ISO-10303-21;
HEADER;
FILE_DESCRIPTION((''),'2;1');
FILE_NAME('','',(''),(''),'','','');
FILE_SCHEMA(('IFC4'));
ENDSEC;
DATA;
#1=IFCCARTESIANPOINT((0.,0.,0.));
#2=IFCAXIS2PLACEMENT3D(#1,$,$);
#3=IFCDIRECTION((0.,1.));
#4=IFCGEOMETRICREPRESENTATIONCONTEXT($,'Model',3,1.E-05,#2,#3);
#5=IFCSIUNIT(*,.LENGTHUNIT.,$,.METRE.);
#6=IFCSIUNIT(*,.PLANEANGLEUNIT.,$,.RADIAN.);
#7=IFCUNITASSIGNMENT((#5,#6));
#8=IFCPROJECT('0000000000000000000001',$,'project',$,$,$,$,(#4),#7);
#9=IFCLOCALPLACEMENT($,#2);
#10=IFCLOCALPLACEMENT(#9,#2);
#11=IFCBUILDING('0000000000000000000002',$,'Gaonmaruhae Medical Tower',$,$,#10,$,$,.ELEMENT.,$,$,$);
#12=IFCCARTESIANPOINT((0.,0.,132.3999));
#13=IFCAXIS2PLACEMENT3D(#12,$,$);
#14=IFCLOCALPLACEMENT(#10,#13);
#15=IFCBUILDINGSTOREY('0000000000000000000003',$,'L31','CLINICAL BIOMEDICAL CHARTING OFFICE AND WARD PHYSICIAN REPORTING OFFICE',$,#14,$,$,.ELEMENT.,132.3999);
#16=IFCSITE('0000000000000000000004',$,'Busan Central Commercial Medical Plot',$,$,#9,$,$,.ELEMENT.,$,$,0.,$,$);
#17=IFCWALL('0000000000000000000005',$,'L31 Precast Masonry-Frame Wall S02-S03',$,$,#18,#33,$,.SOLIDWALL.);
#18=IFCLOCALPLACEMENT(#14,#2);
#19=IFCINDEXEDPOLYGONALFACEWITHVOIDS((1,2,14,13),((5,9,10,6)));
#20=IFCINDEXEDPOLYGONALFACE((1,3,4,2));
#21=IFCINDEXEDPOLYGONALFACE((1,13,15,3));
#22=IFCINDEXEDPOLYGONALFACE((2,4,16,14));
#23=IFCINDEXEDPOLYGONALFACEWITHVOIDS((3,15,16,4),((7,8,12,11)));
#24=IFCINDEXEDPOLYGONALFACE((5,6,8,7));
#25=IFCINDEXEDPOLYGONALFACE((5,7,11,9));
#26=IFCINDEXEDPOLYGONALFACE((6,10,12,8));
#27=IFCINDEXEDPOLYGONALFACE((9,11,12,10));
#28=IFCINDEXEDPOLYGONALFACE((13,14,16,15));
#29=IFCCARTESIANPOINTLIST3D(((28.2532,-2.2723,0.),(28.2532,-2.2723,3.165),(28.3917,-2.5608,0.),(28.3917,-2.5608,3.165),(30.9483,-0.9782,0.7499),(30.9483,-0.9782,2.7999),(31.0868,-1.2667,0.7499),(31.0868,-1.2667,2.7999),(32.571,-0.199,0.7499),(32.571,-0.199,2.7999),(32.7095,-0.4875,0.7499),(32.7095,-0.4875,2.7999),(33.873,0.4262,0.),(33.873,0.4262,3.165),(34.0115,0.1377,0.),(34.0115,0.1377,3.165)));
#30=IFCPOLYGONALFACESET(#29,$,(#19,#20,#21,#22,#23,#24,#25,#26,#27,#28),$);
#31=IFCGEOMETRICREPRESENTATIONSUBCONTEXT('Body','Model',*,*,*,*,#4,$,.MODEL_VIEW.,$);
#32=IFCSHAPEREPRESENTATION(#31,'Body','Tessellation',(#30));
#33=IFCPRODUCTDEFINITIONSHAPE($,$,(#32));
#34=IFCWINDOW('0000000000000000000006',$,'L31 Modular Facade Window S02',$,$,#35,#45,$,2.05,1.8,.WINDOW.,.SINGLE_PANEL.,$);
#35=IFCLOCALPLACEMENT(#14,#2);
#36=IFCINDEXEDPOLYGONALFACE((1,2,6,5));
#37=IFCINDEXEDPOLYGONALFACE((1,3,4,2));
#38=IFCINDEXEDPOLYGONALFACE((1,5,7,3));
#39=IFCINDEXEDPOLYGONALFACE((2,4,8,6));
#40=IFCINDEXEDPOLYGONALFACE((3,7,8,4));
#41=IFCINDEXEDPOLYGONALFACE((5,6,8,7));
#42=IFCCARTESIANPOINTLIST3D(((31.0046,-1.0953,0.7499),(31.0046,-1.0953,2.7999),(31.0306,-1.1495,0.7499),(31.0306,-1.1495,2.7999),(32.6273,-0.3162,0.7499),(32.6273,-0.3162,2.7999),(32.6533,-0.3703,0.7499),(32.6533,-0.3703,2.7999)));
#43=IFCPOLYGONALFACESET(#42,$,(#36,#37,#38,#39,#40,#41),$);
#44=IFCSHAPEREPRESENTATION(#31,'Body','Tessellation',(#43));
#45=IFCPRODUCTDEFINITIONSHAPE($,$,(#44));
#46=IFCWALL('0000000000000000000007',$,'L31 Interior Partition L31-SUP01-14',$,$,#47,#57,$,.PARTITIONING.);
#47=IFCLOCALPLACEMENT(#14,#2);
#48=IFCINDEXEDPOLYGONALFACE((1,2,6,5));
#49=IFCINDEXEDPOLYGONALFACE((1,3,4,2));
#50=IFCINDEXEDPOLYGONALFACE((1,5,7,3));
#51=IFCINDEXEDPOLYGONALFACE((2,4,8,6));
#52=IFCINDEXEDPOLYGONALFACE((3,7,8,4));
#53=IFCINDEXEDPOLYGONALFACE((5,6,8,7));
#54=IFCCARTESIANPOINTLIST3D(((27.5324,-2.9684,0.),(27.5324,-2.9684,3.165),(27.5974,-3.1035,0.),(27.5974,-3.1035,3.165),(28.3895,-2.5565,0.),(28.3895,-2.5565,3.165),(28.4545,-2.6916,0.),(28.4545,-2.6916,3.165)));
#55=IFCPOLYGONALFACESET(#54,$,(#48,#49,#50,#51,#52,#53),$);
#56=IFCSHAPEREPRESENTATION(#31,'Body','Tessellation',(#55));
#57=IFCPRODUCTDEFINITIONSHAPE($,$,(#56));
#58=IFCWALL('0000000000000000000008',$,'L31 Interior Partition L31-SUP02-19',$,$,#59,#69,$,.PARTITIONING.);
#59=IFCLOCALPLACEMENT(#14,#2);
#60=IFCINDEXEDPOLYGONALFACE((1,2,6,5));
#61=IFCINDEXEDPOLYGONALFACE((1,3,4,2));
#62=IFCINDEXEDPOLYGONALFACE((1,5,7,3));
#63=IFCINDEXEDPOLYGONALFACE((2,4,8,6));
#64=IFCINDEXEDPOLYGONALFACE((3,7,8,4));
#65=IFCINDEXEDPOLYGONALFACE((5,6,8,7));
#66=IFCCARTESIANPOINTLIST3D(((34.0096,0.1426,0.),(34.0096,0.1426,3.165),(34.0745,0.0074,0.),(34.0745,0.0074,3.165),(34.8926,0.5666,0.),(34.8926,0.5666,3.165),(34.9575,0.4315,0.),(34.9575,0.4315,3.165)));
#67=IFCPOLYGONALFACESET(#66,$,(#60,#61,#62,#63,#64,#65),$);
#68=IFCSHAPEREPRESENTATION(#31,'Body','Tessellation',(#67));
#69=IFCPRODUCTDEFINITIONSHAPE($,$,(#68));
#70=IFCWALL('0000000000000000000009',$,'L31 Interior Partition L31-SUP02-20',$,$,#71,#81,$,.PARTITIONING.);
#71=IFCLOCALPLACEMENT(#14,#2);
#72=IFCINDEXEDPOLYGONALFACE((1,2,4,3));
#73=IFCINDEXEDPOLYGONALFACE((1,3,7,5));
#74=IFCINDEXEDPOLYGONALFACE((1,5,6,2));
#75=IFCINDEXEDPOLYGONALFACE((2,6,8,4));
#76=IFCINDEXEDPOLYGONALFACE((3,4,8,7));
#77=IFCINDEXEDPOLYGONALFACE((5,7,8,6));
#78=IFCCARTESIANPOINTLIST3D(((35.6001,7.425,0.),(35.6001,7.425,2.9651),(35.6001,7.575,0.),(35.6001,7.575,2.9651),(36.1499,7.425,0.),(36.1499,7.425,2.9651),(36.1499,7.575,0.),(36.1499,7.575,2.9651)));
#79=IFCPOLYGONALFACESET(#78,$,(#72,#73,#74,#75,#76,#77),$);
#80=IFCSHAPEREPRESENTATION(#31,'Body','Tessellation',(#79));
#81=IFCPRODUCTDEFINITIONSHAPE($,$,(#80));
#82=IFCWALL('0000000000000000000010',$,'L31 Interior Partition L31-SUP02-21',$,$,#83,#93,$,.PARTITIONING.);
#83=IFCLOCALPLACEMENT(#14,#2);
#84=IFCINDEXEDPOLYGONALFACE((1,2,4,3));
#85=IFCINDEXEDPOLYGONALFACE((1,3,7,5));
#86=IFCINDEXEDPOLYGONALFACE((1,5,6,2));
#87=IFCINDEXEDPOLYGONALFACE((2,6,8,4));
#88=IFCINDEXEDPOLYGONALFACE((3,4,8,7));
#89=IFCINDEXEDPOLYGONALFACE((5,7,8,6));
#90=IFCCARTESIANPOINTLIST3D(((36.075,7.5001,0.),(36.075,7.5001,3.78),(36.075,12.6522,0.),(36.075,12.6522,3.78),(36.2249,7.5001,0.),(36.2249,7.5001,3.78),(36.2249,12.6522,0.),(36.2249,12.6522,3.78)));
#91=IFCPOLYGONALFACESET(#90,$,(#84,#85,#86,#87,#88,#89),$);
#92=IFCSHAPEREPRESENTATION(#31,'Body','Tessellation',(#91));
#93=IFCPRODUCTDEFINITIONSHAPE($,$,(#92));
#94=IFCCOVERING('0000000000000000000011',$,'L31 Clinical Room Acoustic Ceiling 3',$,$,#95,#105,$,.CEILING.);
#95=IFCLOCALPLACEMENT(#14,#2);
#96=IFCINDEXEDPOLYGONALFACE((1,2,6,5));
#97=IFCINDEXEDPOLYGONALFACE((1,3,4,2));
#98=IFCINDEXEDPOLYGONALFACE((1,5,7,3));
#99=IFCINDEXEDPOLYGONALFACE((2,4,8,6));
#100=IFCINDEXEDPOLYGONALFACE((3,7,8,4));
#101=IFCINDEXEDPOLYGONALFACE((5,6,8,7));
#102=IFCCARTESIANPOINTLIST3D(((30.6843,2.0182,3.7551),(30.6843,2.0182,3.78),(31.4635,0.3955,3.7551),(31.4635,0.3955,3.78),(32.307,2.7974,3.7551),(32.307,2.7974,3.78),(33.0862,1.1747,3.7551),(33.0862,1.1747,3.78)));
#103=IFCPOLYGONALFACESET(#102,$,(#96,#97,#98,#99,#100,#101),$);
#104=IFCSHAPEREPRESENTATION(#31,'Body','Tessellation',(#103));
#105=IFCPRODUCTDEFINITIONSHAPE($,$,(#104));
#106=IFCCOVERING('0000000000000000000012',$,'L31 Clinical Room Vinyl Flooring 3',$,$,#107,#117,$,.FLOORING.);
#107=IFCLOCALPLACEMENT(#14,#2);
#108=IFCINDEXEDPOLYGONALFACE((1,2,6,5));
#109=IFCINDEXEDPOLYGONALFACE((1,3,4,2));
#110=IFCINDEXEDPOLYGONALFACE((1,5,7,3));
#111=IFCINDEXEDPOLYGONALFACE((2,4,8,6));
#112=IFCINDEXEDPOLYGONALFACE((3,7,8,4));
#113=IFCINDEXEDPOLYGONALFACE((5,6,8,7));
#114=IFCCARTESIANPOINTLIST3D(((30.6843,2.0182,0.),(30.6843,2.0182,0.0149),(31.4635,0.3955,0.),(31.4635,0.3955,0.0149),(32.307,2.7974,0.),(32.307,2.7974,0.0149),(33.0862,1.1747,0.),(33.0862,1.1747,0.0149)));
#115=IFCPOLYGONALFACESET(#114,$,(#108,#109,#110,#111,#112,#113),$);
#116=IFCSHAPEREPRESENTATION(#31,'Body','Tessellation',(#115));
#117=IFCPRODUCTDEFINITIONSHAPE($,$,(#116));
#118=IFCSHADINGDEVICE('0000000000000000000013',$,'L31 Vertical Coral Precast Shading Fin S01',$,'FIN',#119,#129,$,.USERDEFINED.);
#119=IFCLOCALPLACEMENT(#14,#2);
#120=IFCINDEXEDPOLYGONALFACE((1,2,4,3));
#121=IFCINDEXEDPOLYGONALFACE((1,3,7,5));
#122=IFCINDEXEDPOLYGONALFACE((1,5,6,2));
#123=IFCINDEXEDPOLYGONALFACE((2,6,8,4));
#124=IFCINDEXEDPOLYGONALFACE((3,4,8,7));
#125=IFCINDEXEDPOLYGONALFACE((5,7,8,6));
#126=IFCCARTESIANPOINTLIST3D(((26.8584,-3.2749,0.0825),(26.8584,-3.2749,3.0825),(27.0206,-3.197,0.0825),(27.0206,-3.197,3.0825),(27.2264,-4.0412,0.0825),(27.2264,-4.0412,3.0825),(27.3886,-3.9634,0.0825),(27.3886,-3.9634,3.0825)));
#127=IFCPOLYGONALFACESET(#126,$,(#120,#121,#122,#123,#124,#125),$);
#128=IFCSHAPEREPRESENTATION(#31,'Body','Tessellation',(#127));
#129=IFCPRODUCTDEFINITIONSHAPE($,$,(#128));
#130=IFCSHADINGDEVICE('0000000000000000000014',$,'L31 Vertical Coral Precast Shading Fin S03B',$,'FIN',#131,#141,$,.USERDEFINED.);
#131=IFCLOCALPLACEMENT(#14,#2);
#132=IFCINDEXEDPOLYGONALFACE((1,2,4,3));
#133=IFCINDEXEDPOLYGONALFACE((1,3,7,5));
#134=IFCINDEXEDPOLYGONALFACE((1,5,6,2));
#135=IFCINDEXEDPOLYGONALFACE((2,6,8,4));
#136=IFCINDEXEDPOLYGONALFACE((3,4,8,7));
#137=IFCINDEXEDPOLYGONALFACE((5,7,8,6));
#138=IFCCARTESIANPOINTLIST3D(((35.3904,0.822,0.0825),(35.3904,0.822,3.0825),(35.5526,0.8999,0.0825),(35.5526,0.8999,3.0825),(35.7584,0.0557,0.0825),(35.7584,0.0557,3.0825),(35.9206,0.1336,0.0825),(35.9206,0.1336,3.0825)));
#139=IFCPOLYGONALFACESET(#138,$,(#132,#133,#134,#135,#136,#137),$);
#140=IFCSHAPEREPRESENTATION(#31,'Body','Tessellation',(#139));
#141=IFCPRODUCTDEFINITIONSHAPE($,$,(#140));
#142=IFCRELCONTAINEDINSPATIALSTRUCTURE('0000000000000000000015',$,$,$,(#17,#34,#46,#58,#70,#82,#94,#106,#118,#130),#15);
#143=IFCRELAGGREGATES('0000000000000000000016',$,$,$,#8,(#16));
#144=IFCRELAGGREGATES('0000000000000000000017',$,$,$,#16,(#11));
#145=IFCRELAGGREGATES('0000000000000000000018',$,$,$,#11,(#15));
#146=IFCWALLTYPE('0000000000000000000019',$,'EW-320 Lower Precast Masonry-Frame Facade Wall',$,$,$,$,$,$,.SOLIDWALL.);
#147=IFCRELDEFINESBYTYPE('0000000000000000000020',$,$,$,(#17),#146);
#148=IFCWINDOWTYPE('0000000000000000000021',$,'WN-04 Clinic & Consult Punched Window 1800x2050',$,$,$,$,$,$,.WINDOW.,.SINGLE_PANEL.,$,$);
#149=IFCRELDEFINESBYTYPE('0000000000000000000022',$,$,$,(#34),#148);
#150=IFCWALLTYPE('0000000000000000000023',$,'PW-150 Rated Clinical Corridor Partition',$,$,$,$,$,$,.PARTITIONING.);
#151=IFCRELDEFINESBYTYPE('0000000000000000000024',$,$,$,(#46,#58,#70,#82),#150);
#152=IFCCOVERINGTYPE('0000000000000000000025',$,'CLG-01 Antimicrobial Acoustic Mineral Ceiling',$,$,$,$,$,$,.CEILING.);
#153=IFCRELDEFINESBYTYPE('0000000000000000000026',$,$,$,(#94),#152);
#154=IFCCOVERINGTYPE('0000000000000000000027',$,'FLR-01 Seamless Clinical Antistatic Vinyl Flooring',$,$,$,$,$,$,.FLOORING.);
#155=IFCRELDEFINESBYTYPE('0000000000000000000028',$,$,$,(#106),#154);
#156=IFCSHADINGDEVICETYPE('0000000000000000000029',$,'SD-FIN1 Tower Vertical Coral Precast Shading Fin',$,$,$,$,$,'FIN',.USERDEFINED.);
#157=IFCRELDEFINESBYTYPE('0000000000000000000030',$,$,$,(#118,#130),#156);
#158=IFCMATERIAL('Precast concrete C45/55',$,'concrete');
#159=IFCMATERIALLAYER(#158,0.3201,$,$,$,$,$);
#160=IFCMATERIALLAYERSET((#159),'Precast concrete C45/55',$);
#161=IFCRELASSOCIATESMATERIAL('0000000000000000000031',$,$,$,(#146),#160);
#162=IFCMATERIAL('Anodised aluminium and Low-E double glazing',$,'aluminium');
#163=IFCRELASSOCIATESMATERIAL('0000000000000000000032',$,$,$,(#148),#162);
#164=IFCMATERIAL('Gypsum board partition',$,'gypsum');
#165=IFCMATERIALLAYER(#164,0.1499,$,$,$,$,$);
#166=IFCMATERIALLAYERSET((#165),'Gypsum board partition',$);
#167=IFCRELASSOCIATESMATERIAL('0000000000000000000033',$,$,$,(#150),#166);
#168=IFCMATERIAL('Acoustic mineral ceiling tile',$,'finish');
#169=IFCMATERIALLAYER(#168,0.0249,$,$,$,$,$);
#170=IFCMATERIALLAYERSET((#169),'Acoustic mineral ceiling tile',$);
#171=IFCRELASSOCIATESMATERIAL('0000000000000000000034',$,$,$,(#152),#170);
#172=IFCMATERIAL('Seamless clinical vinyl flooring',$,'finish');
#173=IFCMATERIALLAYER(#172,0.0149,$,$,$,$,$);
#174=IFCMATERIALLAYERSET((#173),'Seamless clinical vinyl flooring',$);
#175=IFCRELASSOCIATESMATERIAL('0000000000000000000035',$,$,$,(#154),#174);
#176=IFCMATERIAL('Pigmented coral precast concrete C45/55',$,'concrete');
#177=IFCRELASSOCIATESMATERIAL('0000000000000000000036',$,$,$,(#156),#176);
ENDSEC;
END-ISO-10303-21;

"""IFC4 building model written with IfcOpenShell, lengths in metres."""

from ifc_helpers import new_model, si_unit, direction, frame, frame_2d, origin, origin_2d, place, context, subcontext, project, spatial, rectangle, extrude, material, layer, layer_set, type_object, element, fill, save


model = new_model("IFC4")

# Units and contexts
model_context = context("Model", 3, precision=1e-05, world=origin(), true_north=direction((0.0, 1.0)))
body_context = subcontext(model_context, "Body", "Model", "MODEL_VIEW")
ifc_project = project(units=[si_unit("LENGTHUNIT", "METRE"), si_unit("PLANEANGLEUNIT", "RADIAN")], contexts=[model_context])

# Site, building, storey
site_placement = place(None, origin())
site = spatial("IfcSite", under=ifc_project, at=site_placement, Name="Busan Central Commercial Medical Plot", CompositionType="ELEMENT", RefElevation=0.0)
building_placement = place(site_placement, origin())
building = spatial("IfcBuilding", under=site, at=building_placement, Name="Gaonmaruhae Medical Tower", CompositionType="ELEMENT")
storey_placement = place(building_placement, frame((0.0, 0.0, 132.3999)))
storey = spatial("IfcBuildingStorey", under=building, at=storey_placement, Name="L31", Description="CLINICAL BIOMEDICAL CHARTING OFFICE AND WARD PHYSICIAN REPORTING OFFICE", CompositionType="ELEMENT", Elevation=132.3999)

# Wall, opening, window
ifc_material_1 = material(Name="Precast concrete C45/55", Category="concrete")
ifc_layer_1 = layer(ifc_material_1, 0.3201)
ifc_layer_set_1 = layer_set([ifc_layer_1], Name="Precast concrete C45/55")
wall_type_1 = type_object("IfcWallType", Name="EW-320 Lower Precast Masonry-Frame Facade Wall", PredefinedType="SOLIDWALL", material=ifc_layer_set_1)
ifc_material_2 = material(Name="Anodised aluminium and Low-E double glazing", Category="aluminium")
wall_1_placement = place(storey_placement, frame((33.9424, 0.282, 0.0), z_axis=(0.0, 0.0, 1.0), x_axis=(-0.901464, -0.432855, 0.0)))
wall_1 = element("IfcWall", 1, at=wall_1_placement, inside=storey, type_object=wall_type_1, Name="L31 Precast Masonry-Frame Wall S02-S03", PredefinedType="SOLIDWALL", context=body_context, shape_type="SweptSolid", body=[
    extrude(rectangle(XDim=6.2341, YDim=0.3201, at=frame_2d((3.1172, 0.0))), origin(), (0.0, 0.0, 1.0), 3.165),
])
opening_1_placement = place(wall_1_placement, frame((1.4446, 0.0, 0.75)))
opening_1 = element("IfcOpeningElement", 2, at=opening_1_placement, cuts=wall_1, PredefinedType="OPENING", context=body_context, shape_type="SweptSolid", body=[
    extrude(rectangle(XDim=1.8, YDim=2.05, at=frame_2d((0.8999, 1.0249))), frame((0.0, 0.1699, 0.0), z_axis=(0.0, -1.0, 0.0), x_axis=(1.0, 0.0, 0.0)), (0.0, 0.0, 1.0), 0.3401),
])
window_type_1 = type_object("IfcWindowType", Name="WN-04 Clinic & Consult Punched Window 1800x2050", PartitioningType="SINGLE_PANEL", PredefinedType="WINDOW", material=ifc_material_2)
window_1_placement = place(opening_1_placement, origin())
window_1 = element("IfcWindow", 3, at=window_1_placement, inside=storey, type_object=window_type_1, Name="L31 Modular Facade Window S02", OverallHeight=2.05, OverallWidth=1.8, PartitioningType="SINGLE_PANEL", PredefinedType="WINDOW", context=body_context, shape_type="SweptSolid", body=[
    extrude(rectangle(XDim=1.8, YDim=2.05, at=frame_2d((0.8999, 1.0249))), frame((0.0, 0.03, 0.0), z_axis=(0.0, -1.0, 0.0), x_axis=(1.0, 0.0, 0.0)), (0.0, 0.0, 1.0), 0.0601),
])
fill(opening_1, window_1)

# Walls
ifc_material_3 = material(Name="Gypsum board partition", Category="gypsum")
ifc_layer_2 = layer(ifc_material_3, 0.1499)
ifc_layer_set_2 = layer_set([ifc_layer_2], Name="Gypsum board partition")
wall_type_2 = type_object("IfcWallType", Name="PW-150 Rated Clinical Corridor Partition", PredefinedType="PARTITIONING", material=ifc_layer_set_2)
wall_2_placement = place(storey_placement, frame((28.4221, -2.624, 0.0), z_axis=(0.0, 0.0, 1.0), x_axis=(-0.901351, -0.43309, 0.0)))
element("IfcWall", 4, at=wall_2_placement, inside=storey, type_object=wall_type_2, Name="L31 Interior Partition L31-SUP01-14", PredefinedType="PARTITIONING", context=body_context, shape_type="SweptSolid", body=[
    extrude(rectangle(XDim=0.9509, YDim=0.1499, at=frame_2d((0.4756, 0.0))), origin(), (0.0, 0.0, 1.0), 3.165),
])
wall_3_placement = place(storey_placement, frame((34.925, 0.499, 0.0), z_axis=(0.0, 0.0, 1.0), x_axis=(-0.901441, -0.432901, 0.0)))
element("IfcWall", 5, at=wall_3_placement, inside=storey, type_object=wall_type_2, Name="L31 Interior Partition L31-SUP02-19", PredefinedType="PARTITIONING", context=body_context, shape_type="SweptSolid", body=[
    extrude(rectangle(XDim=0.9795, YDim=0.1499, at=frame_2d((0.4897, 0.0))), origin(), (0.0, 0.0, 1.0), 3.165),
])
wall_4_placement = place(storey_placement, frame((35.6001, 7.5, 0.0), z_axis=(0.0, 0.0, 1.0), x_axis=(1.0, 0.0, 0.0)))
element("IfcWall", 6, at=wall_4_placement, inside=storey, type_object=wall_type_2, Name="L31 Interior Partition L31-SUP02-20", PredefinedType="PARTITIONING", context=body_context, shape_type="SweptSolid", body=[
    extrude(rectangle(XDim=0.5498, YDim=0.1499, at=frame_2d((0.2749, 0.0))), origin(), (0.0, 0.0, 1.0), 2.9651),
])
wall_5_placement = place(storey_placement, frame((36.1499, 7.5, 0.0), z_axis=(0.0, 0.0, 1.0), x_axis=(0.0, 1.0, 0.0)))
element("IfcWall", 7, at=wall_5_placement, inside=storey, type_object=wall_type_2, Name="L31 Interior Partition L31-SUP02-21", PredefinedType="PARTITIONING", context=body_context, shape_type="SweptSolid", body=[
    extrude(rectangle(XDim=5.1521, YDim=0.1499, at=frame_2d((2.5762, 0.0))), origin(), (0.0, 0.0, 1.0), 3.78),
])

# Coverings
ifc_material_4 = material(Name="Acoustic mineral ceiling tile", Category="finish")
ifc_layer_3 = layer(ifc_material_4, 0.0249)
ifc_layer_set_3 = layer_set([ifc_layer_3], Name="Acoustic mineral ceiling tile")
covering_type_1 = type_object("IfcCoveringType", Name="CLG-01 Antimicrobial Acoustic Mineral Ceiling", PredefinedType="CEILING", material=ifc_layer_set_3)
covering_1_placement = place(storey_placement, frame((31.8853, 1.5964, 3.7551), z_axis=(0.0, 0.0, 1.0), x_axis=(0.901455, 0.432873, 0.0)))
element("IfcCovering", 8, at=covering_1_placement, inside=storey, type_object=covering_type_1, Name="L31 Clinical Room Acoustic Ceiling 3", PredefinedType="CEILING", context=body_context, shape_type="SweptSolid", body=[
    extrude(rectangle(XDim=1.8, YDim=1.8, at=origin_2d()), origin(), (0.0, 0.0, 1.0), 0.0249),
])
ifc_material_5 = material(Name="Seamless clinical vinyl flooring", Category="finish")
ifc_layer_4 = layer(ifc_material_5, 0.0149)
ifc_layer_set_4 = layer_set([ifc_layer_4], Name="Seamless clinical vinyl flooring")
covering_type_2 = type_object("IfcCoveringType", Name="FLR-01 Seamless Clinical Antistatic Vinyl Flooring", PredefinedType="FLOORING", material=ifc_layer_set_4)
covering_2_placement = place(storey_placement, frame((31.8853, 1.5964, 0.0), z_axis=(0.0, 0.0, 1.0), x_axis=(0.901455, 0.432873, 0.0)))
element("IfcCovering", 9, at=covering_2_placement, inside=storey, type_object=covering_type_2, Name="L31 Clinical Room Vinyl Flooring 3", PredefinedType="FLOORING", context=body_context, shape_type="SweptSolid", body=[
    extrude(rectangle(XDim=1.8, YDim=1.8, at=origin_2d()), origin(), (0.0, 0.0, 1.0), 0.0149),
])

# Shading devices
ifc_material_6 = material(Name="Pigmented coral precast concrete C45/55", Category="concrete")
shading_device_type = type_object("IfcShadingDeviceType", Name="SD-FIN1 Tower Vertical Coral Precast Shading Fin", ElementType="FIN", PredefinedType="USERDEFINED", material=ifc_material_6)
for number, where, z_axis, x_axis, name in (
    (10, (27.1235, -3.6191, 0.0825), (0.0, 0.0, 1.0), (-0.901455, -0.432873, 0.0), "L31 Vertical Coral Precast Shading Fin S01"),
    (11, (35.6555, 0.4778, 0.0825), (0.0, 0.0, 1.0), (-0.901455, -0.432873, 0.0), "L31 Vertical Coral Precast Shading Fin S03B"),
):
    element("IfcShadingDevice", number, at=place(storey_placement, frame(where, z_axis=z_axis, x_axis=x_axis)), inside=storey, type_object=shading_device_type, Name=name, ObjectType="FIN", PredefinedType="USERDEFINED", context=body_context, shape_type="SweptSolid", body=[
        extrude(rectangle(XDim=0.1799, YDim=0.8501, at=origin_2d()), origin(), (0.0, 0.0, 1.0), 3.0),
    ])

save(model, "model.ifc")
